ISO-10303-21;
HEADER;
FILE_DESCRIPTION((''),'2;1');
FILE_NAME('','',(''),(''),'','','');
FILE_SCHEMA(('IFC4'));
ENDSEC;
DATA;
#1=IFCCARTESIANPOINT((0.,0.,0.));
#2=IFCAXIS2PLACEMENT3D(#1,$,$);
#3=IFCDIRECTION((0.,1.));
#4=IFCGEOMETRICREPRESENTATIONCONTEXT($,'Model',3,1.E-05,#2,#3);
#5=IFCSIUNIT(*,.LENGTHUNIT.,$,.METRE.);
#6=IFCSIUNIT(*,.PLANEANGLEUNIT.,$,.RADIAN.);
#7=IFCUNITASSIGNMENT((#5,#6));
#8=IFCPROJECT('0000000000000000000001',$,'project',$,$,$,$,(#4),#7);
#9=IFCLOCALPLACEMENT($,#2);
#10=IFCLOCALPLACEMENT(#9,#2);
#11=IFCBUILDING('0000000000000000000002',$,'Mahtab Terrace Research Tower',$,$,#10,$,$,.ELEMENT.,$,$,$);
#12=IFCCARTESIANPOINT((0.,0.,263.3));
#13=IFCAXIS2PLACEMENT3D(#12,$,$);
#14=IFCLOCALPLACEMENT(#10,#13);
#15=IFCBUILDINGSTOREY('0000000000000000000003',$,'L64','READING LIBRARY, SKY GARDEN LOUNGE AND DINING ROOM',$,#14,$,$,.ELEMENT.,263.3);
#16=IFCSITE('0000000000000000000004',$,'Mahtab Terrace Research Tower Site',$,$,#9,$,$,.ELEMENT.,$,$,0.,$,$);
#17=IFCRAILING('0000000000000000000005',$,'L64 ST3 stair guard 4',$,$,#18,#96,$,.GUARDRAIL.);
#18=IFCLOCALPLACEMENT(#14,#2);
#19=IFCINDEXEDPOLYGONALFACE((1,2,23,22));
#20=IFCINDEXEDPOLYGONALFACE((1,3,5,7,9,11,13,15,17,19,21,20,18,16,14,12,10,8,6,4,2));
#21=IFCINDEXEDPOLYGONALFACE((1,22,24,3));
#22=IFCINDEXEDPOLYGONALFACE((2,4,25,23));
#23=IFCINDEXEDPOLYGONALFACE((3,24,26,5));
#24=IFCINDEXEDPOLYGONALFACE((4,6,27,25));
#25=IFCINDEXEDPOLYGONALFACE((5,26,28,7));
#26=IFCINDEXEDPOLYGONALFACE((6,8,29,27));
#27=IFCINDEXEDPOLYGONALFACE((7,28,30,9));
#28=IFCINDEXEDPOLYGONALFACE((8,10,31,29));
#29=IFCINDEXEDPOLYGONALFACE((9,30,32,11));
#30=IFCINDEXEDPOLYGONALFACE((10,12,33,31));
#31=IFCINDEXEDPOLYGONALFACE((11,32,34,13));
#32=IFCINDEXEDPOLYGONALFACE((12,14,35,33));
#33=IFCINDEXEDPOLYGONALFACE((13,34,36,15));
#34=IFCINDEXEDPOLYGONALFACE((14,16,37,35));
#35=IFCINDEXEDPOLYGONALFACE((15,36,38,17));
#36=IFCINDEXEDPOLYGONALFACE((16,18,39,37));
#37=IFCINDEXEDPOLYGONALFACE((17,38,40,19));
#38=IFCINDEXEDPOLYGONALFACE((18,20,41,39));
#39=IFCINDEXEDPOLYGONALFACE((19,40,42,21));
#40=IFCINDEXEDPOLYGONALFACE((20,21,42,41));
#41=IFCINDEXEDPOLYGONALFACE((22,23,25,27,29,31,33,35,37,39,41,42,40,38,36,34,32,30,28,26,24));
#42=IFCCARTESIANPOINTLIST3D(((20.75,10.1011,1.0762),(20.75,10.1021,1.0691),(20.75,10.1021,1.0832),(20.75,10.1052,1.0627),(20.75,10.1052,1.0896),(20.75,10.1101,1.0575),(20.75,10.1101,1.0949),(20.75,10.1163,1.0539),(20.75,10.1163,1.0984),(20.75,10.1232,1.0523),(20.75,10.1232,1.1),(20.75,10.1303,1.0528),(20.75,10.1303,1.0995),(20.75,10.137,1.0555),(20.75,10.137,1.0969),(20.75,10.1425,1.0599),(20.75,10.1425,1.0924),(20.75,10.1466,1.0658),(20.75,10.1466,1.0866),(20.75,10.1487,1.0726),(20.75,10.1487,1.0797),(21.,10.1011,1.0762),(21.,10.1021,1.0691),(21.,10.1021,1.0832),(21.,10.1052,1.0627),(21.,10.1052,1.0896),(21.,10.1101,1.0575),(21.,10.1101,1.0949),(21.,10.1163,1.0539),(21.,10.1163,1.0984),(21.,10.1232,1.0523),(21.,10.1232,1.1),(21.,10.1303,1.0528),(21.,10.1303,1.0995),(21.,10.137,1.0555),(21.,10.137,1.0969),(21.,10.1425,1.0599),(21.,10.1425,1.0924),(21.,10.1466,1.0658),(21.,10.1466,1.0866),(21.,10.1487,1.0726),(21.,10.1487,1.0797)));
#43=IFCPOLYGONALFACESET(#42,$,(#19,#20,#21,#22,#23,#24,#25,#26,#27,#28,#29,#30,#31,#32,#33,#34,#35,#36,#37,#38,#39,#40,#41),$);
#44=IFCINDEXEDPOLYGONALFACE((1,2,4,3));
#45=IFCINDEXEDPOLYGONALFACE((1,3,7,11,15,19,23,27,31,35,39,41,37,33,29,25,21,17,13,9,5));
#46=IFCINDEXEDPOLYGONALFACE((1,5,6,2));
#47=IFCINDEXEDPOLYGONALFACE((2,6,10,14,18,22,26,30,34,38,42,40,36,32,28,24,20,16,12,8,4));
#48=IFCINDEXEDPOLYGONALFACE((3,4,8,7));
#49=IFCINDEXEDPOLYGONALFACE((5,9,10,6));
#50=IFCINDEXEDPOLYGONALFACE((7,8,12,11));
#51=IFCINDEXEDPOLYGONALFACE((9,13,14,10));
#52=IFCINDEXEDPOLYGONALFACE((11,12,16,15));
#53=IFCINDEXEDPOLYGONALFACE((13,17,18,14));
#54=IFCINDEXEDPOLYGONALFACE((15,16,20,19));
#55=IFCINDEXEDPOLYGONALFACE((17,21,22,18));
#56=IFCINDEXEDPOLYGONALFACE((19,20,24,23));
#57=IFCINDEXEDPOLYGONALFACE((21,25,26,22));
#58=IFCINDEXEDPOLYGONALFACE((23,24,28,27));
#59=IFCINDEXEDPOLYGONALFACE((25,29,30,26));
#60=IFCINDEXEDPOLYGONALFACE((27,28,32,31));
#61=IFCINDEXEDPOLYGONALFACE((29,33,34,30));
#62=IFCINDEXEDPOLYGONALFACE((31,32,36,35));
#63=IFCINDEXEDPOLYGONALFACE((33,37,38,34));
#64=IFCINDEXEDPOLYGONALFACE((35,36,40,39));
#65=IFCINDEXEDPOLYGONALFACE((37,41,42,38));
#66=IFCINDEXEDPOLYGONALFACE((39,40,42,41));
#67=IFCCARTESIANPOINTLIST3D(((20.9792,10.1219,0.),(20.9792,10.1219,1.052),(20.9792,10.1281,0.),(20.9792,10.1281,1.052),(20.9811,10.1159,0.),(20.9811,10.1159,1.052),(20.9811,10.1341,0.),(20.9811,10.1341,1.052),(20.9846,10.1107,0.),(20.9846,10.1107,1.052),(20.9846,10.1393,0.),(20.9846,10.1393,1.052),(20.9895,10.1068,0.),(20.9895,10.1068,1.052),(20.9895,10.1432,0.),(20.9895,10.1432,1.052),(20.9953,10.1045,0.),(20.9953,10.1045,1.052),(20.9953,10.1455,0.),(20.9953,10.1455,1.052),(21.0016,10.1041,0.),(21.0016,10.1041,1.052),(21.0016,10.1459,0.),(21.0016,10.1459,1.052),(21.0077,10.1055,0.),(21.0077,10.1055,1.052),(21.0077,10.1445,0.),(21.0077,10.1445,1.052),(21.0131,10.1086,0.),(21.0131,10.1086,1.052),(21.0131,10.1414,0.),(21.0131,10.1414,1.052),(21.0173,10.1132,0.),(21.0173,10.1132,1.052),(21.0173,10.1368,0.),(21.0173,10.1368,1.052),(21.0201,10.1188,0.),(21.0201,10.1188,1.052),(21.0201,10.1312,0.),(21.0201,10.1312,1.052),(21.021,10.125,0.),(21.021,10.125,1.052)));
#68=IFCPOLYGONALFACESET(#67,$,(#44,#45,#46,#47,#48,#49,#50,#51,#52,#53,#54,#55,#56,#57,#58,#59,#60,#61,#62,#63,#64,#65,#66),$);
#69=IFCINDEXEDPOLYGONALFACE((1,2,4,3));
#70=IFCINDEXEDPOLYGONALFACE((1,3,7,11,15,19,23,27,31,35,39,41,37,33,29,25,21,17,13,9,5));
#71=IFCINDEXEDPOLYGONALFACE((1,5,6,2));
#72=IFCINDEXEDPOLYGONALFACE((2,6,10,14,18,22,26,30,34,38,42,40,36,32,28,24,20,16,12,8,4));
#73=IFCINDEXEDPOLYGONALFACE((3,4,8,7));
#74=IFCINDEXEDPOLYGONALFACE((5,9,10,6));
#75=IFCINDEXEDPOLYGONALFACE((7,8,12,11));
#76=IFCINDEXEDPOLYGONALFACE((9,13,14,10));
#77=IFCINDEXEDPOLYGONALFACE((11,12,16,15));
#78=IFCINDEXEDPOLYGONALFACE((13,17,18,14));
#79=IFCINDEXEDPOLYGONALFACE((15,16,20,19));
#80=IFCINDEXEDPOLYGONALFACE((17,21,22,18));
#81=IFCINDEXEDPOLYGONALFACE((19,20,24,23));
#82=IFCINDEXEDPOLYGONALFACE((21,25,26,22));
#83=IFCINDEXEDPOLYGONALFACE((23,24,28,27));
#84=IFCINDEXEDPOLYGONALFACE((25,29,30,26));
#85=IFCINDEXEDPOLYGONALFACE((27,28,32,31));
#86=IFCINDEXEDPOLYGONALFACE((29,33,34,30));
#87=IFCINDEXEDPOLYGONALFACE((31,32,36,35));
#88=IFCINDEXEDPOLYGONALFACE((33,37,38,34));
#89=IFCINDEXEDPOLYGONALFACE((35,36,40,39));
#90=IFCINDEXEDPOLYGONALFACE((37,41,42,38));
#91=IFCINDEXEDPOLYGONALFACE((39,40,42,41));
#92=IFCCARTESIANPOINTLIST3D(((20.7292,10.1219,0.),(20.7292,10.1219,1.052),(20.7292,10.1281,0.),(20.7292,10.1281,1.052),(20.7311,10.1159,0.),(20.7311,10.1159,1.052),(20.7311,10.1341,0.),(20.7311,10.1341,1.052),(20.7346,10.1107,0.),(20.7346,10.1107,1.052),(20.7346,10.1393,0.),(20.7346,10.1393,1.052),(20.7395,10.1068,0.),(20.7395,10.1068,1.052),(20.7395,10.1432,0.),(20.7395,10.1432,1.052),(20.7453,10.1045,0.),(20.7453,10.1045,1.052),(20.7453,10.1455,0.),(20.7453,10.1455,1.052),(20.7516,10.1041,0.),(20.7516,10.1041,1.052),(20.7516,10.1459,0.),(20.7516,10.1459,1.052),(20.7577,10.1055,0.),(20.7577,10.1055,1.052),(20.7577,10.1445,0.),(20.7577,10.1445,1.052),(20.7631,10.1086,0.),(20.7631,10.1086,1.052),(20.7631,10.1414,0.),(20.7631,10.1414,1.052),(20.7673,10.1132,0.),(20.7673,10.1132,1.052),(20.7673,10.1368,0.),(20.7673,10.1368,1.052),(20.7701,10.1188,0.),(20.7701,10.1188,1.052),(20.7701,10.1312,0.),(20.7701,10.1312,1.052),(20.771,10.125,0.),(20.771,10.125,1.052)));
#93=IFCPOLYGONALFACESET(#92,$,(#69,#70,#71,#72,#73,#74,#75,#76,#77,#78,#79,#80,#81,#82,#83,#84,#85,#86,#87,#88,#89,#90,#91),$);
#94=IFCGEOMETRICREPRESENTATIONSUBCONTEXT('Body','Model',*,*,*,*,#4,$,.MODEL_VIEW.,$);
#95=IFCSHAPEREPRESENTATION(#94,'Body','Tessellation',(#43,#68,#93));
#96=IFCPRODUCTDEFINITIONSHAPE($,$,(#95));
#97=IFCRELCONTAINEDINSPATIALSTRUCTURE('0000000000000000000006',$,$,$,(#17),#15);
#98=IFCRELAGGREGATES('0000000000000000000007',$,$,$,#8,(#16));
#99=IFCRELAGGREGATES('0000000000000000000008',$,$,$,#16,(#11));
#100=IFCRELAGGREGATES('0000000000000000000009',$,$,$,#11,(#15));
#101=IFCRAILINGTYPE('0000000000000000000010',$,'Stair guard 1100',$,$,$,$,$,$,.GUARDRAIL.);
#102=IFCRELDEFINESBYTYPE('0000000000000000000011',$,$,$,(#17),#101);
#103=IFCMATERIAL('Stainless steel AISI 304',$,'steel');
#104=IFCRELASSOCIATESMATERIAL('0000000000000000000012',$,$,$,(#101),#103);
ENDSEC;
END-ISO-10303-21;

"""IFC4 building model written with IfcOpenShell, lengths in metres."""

from ifc_helpers import new_model, si_unit, direction, frame, origin, origin_2d, place, context, subcontext, project, spatial, circle, extrude, material, type_object, element, save


model = new_model("IFC4")

# Units and contexts
model_context = context("Model", 3, precision=1e-05, world=origin(), true_north=direction((0.0, 1.0)))
body_context = subcontext(model_context, "Body", "Model", "MODEL_VIEW")
ifc_project = project(units=[si_unit("LENGTHUNIT", "METRE"), si_unit("PLANEANGLEUNIT", "RADIAN")], contexts=[model_context])

# Site, building, storey
site_placement = place(None, origin())
site = spatial("IfcSite", under=ifc_project, at=site_placement, Name="Mahtab Terrace Research Tower Site", CompositionType="ELEMENT", RefElevation=0.0)
building_placement = place(site_placement, origin())
building = spatial("IfcBuilding", under=site, at=building_placement, Name="Mahtab Terrace Research Tower", CompositionType="ELEMENT")
storey_placement = place(building_placement, frame((0.0, 0.0, 263.3)))
storey = spatial("IfcBuildingStorey", under=building, at=storey_placement, Name="L64", Description="READING LIBRARY, SKY GARDEN LOUNGE AND DINING ROOM", CompositionType="ELEMENT", Elevation=263.3)

# Shared definitions
ifc_material_1 = material(Name="Stainless steel AISI 304", Category="steel")

# Railing
railing_type_1 = type_object("IfcRailingType", Name="Stair guard 1100", PredefinedType="GUARDRAIL", material=ifc_material_1)
railing_1_placement = place(storey_placement, frame((21.0, 10.125, 0.0)))
element("IfcRailing", 1, at=railing_1_placement, inside=storey, type_object=railing_type_1, Name="L64 ST3 stair guard 4", PredefinedType="GUARDRAIL", context=body_context, shape_type="SweptSolid", body=[
    extrude(circle(Radius=0.0239, at=origin_2d()), frame((0.0, 0.0, 1.0762), z_axis=(-1.0, 0.0, 0.0), x_axis=(0.0, -1.0, 0.0)), (0.0, 0.0, 1.0), 0.25),
    extrude(circle(Radius=0.021, at=origin_2d()), origin(), (0.0, 0.0, 1.0), 1.052),
    extrude(circle(Radius=0.021, at=origin_2d()), frame((-0.25, 0.0, 0.0)), (0.0, 0.0, 1.0), 1.052),
])

save(model, "model.ifc")
